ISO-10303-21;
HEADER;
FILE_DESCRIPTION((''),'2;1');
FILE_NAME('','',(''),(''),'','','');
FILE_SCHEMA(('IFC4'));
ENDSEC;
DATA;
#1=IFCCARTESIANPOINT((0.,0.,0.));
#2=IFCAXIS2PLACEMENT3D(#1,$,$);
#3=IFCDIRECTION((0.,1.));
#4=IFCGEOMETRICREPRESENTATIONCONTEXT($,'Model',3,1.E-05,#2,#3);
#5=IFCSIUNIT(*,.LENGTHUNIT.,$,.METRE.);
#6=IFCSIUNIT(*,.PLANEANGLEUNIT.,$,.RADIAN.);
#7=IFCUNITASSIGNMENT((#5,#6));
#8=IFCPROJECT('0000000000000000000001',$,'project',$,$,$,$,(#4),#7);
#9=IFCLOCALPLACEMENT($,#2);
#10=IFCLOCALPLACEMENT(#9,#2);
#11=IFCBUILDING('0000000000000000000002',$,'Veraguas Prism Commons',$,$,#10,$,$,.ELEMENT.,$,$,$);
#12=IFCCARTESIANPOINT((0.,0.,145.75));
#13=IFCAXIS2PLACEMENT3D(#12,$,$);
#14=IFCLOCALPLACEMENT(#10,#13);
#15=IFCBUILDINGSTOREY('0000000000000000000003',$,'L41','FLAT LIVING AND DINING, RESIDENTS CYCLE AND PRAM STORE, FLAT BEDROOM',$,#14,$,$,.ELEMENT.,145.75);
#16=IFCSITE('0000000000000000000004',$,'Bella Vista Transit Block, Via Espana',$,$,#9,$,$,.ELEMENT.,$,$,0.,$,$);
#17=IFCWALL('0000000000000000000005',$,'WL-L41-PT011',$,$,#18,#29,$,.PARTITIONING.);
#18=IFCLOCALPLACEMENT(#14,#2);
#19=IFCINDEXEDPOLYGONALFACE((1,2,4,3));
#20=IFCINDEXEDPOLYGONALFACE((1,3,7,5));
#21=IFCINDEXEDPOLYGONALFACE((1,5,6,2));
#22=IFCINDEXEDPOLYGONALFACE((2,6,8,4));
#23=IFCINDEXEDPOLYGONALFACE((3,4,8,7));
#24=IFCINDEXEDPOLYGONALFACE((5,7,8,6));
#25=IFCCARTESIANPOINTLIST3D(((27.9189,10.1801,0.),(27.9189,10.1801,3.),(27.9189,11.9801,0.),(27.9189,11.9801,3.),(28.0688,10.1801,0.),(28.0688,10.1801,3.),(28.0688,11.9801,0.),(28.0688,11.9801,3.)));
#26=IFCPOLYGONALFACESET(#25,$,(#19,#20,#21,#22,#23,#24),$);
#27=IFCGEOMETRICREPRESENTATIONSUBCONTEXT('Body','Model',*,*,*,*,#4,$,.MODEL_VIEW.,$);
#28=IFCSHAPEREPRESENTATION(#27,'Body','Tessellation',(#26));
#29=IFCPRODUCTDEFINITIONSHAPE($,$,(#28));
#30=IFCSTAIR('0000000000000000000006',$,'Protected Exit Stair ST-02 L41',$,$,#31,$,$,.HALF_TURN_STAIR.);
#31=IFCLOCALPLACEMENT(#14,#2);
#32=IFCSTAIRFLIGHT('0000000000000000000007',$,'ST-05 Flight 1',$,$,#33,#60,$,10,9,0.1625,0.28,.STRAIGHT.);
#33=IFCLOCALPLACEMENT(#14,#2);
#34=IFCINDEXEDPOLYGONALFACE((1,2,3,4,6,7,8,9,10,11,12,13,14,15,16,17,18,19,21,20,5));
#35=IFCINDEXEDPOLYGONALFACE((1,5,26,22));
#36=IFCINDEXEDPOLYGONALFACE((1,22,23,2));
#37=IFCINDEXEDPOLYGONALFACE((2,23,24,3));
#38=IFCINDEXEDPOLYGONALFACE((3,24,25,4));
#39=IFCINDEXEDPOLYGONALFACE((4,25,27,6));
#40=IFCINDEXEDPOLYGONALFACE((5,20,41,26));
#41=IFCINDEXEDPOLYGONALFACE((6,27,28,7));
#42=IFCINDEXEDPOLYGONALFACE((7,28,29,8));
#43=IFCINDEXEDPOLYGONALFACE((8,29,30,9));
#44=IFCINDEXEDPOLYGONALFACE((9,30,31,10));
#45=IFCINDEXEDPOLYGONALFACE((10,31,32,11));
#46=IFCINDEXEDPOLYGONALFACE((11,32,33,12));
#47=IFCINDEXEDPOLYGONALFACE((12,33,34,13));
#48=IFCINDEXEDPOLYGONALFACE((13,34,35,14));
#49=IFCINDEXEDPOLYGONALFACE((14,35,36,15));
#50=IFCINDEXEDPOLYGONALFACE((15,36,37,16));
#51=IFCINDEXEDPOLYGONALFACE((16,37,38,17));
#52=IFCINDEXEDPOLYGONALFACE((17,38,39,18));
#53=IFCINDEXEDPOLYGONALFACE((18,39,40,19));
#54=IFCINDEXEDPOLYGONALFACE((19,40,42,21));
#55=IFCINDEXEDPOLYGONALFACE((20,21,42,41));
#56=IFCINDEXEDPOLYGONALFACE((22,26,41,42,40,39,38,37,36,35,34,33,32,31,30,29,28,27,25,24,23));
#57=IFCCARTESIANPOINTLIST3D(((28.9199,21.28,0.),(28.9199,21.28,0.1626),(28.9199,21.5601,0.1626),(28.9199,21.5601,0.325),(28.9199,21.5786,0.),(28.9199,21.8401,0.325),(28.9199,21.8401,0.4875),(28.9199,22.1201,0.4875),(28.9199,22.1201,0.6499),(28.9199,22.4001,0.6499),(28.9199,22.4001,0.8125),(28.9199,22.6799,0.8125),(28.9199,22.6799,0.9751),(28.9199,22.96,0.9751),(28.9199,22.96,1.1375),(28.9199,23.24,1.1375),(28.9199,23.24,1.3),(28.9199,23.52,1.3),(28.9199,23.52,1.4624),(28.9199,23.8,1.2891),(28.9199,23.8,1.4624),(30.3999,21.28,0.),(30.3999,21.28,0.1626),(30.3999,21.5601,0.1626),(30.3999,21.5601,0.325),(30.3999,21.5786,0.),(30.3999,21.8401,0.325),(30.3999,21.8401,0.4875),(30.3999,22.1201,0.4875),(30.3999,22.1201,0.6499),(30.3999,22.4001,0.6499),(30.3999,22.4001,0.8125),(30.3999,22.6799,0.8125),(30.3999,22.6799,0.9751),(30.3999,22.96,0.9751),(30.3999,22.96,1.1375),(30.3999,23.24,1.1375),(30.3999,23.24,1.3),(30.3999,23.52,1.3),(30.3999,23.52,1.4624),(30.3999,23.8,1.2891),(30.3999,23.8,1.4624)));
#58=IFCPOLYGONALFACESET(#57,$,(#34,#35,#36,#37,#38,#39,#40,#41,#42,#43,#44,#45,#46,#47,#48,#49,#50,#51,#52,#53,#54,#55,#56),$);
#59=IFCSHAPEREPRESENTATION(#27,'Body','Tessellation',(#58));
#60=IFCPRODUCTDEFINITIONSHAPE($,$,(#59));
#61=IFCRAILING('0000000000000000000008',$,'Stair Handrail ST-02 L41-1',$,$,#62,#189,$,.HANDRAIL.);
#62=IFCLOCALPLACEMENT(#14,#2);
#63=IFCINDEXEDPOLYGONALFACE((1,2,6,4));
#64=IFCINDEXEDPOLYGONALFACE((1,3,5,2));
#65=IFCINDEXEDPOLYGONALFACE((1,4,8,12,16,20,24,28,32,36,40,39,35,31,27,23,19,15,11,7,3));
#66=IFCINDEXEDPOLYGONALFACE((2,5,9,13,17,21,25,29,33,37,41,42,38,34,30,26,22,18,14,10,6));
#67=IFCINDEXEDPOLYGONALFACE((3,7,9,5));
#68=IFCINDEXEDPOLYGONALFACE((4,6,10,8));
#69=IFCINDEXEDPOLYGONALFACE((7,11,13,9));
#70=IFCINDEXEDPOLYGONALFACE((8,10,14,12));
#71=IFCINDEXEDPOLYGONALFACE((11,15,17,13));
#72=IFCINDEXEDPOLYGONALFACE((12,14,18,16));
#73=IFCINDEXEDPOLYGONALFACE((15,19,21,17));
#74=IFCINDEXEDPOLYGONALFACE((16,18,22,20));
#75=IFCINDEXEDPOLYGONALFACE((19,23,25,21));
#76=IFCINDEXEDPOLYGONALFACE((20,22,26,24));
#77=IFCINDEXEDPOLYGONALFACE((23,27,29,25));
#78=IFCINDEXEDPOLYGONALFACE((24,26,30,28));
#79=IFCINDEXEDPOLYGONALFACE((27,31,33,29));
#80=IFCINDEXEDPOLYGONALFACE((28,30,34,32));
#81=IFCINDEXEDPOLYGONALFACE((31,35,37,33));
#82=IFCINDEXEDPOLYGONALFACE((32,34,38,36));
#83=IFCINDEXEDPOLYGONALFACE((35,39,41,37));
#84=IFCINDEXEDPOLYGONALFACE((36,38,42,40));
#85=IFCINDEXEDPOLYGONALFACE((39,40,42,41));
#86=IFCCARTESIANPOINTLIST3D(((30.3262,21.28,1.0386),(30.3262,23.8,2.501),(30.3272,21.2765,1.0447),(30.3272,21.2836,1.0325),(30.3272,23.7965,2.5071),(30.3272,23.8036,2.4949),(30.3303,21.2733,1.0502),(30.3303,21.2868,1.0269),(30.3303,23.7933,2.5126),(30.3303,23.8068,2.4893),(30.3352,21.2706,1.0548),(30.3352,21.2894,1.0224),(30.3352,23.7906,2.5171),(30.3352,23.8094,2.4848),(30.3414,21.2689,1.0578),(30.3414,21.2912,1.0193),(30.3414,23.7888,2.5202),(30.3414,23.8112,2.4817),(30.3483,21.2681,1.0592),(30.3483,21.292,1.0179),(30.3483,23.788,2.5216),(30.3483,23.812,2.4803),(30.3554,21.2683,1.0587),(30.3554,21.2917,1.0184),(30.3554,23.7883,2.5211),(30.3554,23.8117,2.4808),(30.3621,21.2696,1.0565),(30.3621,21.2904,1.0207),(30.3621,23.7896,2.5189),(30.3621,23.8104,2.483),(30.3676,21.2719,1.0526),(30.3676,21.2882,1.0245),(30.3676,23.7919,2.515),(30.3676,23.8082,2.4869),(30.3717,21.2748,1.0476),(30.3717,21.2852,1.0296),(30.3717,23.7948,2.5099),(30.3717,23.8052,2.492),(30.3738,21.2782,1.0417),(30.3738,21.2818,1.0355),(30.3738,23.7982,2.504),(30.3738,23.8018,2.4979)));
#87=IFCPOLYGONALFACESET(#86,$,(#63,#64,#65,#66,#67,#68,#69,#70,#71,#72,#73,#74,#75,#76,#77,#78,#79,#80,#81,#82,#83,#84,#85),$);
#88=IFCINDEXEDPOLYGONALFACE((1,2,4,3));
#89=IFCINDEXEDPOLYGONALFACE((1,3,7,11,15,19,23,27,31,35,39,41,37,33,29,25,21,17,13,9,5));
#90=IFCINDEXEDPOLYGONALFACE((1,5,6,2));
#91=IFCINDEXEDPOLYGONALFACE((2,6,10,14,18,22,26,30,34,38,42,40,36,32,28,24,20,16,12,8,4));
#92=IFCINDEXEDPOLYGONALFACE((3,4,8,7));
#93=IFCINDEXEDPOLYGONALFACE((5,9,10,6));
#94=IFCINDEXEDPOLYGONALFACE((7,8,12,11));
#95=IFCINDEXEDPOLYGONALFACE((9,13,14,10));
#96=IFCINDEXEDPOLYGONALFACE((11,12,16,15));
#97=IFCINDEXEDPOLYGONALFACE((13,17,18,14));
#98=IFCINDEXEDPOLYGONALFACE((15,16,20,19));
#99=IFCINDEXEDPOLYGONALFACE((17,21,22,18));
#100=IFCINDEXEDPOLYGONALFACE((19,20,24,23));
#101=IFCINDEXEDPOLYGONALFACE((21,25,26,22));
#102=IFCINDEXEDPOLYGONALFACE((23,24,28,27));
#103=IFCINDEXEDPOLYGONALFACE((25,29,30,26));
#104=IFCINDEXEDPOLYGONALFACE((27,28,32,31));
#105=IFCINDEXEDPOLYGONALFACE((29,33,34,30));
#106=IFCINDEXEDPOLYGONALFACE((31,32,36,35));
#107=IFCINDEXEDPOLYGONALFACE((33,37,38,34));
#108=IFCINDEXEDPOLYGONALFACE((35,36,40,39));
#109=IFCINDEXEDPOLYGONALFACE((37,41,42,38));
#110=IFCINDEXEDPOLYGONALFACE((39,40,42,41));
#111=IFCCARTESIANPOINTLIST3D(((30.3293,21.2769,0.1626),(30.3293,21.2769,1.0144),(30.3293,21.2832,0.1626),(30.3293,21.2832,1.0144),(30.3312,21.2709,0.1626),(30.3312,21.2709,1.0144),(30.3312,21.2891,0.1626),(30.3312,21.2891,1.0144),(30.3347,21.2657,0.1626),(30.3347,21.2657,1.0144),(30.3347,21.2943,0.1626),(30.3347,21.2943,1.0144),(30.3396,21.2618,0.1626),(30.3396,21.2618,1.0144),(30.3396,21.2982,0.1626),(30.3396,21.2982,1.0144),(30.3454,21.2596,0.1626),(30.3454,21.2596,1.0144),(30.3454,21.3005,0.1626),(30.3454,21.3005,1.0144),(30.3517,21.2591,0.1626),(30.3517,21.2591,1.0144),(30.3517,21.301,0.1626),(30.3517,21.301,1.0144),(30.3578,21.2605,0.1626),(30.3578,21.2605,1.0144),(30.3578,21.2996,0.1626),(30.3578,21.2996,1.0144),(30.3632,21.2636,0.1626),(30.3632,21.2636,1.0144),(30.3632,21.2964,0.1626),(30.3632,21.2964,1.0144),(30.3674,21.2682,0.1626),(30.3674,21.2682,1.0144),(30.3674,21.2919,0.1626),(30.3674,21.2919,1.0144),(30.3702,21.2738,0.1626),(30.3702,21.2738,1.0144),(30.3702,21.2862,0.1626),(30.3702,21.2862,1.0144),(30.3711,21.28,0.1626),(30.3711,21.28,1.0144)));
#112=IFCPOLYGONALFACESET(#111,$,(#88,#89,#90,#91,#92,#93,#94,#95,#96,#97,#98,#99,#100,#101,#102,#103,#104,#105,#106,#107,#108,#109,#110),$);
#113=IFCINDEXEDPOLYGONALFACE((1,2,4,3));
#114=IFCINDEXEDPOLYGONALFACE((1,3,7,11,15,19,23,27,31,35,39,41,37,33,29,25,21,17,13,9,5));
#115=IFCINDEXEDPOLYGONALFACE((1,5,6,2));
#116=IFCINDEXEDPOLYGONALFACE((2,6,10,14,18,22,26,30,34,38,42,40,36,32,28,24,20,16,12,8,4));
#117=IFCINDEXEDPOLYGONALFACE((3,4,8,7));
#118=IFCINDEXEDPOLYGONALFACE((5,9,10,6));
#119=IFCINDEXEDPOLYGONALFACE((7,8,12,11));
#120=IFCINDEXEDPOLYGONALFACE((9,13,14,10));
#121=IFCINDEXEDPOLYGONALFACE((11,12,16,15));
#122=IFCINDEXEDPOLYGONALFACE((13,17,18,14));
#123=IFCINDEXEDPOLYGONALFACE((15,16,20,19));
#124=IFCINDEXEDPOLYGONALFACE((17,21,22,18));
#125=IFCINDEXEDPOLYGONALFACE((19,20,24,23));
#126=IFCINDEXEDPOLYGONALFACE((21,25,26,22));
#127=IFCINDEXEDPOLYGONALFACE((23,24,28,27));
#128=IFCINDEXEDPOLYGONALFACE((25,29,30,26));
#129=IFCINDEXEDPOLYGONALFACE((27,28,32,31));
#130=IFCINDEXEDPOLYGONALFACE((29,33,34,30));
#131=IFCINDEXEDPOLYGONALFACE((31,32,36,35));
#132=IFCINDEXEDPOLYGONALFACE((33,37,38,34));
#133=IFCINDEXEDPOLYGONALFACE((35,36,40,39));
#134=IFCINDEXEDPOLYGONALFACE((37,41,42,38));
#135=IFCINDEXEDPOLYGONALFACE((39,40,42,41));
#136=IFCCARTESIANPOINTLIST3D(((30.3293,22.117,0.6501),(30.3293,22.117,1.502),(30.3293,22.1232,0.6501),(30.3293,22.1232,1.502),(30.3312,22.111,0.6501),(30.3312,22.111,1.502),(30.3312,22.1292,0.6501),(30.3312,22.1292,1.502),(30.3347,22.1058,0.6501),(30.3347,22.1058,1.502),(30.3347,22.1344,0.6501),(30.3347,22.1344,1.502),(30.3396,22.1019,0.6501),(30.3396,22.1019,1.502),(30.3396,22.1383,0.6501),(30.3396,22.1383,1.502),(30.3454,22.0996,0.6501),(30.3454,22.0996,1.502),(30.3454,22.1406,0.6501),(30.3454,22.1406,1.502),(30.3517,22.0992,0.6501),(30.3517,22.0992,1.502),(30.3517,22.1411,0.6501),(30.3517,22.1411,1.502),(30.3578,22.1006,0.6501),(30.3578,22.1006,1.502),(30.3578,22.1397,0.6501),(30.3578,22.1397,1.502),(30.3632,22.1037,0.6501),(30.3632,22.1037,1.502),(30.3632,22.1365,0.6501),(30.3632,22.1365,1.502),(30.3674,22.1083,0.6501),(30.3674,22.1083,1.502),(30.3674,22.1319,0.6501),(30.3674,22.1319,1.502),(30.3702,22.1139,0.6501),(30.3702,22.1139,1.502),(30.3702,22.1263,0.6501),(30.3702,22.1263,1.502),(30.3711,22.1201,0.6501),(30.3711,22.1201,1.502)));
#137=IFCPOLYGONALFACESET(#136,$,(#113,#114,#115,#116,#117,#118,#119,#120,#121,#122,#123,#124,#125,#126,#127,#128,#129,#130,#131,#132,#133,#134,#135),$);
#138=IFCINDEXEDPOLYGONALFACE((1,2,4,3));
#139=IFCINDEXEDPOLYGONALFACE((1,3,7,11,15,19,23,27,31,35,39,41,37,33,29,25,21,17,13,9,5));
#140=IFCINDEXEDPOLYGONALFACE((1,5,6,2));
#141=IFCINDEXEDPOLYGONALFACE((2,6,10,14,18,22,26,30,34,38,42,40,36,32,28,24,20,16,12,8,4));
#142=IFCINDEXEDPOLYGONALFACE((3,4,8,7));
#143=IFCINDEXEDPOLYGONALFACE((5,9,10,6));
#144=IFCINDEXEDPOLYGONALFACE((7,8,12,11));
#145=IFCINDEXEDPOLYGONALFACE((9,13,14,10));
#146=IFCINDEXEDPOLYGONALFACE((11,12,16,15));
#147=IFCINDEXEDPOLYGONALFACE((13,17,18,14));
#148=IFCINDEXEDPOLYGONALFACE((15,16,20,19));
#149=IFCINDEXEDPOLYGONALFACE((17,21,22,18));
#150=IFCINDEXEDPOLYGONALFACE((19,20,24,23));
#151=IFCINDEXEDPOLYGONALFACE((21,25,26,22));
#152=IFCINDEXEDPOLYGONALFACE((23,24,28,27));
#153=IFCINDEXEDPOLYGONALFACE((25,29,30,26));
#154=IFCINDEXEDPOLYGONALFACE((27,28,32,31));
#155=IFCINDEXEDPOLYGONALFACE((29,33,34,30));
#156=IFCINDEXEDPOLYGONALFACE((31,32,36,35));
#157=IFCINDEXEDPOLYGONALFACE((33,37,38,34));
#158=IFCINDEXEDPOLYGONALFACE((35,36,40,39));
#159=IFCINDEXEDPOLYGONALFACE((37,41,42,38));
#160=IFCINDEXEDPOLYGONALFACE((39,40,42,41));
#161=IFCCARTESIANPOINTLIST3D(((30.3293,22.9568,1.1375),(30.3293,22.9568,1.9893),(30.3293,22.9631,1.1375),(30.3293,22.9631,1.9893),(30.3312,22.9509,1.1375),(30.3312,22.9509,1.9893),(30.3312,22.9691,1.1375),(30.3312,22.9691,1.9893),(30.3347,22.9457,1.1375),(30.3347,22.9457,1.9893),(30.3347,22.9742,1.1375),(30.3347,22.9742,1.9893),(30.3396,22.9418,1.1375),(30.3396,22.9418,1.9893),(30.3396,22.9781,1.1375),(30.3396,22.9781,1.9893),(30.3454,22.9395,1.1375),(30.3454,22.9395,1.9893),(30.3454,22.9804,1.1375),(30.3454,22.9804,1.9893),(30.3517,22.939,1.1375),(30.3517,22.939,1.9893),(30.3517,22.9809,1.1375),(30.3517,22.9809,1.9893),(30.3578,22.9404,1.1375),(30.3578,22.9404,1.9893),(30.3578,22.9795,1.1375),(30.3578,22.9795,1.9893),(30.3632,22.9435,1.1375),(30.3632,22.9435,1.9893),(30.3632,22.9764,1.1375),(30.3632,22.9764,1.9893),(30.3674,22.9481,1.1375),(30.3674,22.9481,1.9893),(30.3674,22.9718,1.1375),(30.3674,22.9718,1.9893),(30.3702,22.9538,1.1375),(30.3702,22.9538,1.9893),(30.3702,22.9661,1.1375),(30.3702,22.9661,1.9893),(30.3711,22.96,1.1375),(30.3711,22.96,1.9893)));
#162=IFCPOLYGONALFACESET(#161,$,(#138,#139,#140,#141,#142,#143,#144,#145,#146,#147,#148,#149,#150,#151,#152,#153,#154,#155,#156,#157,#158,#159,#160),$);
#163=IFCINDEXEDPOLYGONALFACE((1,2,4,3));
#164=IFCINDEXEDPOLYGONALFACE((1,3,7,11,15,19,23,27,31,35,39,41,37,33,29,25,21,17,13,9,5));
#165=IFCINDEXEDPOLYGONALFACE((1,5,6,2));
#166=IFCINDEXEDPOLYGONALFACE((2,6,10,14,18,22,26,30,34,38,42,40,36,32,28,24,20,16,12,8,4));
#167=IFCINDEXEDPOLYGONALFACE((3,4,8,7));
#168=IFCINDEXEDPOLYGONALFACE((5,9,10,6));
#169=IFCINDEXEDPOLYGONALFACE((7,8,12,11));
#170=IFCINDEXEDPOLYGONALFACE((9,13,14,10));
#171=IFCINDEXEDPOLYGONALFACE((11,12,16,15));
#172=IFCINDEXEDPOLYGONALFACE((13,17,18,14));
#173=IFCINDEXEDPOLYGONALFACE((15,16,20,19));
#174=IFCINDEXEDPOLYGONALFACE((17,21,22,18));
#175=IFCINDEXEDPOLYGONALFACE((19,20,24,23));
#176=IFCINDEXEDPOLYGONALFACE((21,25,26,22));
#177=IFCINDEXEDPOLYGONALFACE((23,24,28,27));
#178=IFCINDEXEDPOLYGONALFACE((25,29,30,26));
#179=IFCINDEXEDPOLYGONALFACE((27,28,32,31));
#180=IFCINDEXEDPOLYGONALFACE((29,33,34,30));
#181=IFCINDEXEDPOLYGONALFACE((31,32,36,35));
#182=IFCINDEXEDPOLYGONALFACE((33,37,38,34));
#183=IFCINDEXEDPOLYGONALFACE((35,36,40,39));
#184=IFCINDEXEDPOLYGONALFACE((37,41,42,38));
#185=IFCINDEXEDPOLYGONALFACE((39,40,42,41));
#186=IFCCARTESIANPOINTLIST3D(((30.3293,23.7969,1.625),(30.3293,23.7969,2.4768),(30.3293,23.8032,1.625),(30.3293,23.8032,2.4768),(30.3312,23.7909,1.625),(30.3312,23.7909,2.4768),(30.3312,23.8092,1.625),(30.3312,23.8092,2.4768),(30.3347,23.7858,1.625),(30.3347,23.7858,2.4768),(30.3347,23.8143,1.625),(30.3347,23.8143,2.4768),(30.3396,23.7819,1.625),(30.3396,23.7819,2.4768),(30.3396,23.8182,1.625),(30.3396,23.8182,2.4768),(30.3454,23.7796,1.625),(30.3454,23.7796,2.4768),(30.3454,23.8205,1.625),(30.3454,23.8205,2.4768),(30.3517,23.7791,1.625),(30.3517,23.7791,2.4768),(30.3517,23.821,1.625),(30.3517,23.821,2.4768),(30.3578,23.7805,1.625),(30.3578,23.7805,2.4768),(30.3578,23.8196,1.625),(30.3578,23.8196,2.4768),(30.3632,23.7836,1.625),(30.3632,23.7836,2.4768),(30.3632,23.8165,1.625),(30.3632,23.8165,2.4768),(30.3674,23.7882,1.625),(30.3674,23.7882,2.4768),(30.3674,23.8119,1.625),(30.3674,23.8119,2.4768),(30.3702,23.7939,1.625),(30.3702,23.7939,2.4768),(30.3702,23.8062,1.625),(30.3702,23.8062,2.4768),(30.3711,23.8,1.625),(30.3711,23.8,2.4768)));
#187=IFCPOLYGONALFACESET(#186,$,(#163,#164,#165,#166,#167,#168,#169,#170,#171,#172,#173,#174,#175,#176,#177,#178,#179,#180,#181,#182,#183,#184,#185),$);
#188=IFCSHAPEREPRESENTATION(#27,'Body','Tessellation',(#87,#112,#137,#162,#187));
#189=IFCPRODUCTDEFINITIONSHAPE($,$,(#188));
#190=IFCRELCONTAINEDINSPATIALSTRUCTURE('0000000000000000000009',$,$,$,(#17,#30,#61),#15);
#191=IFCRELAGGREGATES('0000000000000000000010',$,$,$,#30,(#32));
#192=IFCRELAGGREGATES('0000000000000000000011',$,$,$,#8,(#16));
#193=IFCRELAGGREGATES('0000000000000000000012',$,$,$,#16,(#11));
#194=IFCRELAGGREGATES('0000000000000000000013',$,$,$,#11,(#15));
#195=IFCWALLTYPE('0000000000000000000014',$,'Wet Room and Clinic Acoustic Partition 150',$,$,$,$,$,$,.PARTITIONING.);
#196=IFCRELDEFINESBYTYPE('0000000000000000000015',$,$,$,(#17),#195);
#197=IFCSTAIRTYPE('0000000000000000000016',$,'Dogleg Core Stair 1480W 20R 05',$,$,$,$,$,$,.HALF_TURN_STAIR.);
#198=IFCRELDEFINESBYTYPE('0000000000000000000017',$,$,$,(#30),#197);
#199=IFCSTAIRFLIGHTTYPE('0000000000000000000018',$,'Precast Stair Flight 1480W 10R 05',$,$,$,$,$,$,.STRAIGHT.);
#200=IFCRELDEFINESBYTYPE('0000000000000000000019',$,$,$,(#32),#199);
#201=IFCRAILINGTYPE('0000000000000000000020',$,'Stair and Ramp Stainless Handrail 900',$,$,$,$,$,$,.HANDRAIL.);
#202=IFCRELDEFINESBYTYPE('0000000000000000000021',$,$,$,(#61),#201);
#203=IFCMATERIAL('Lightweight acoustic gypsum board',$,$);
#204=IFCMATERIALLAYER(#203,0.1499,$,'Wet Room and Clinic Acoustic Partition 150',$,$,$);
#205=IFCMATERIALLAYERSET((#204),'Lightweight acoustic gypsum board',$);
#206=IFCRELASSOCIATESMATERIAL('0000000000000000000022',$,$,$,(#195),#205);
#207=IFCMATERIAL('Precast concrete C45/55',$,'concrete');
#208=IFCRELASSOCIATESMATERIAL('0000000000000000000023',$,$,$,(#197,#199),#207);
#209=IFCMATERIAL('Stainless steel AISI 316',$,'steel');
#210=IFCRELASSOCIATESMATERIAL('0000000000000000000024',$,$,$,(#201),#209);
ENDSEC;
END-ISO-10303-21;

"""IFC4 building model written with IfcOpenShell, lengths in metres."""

from ifc_helpers import new_model, si_unit, direction, frame, frame_2d, origin, origin_2d, place, context, subcontext, project, spatial, polyline, rectangle, circle, outline, extrude, material, layer, layer_set, type_object, element, aggregate, save


model = new_model("IFC4")

# Units and contexts
model_context = context("Model", 3, precision=1e-05, world=origin(), true_north=direction((0.0, 1.0)))
body_context = subcontext(model_context, "Body", "Model", "MODEL_VIEW")
ifc_project = project(units=[si_unit("LENGTHUNIT", "METRE"), si_unit("PLANEANGLEUNIT", "RADIAN")], contexts=[model_context])

# Site, building, storey
site_placement = place(None, origin())
site = spatial("IfcSite", under=ifc_project, at=site_placement, Name="Bella Vista Transit Block, Via Espana", CompositionType="ELEMENT", RefElevation=0.0)
building_placement = place(site_placement, origin())
building = spatial("IfcBuilding", under=site, at=building_placement, Name="Veraguas Prism Commons", CompositionType="ELEMENT")
storey_placement = place(building_placement, frame((0.0, 0.0, 145.75)))
storey = spatial("IfcBuildingStorey", under=building, at=storey_placement, Name="L41", Description="FLAT LIVING AND DINING, RESIDENTS CYCLE AND PRAM STORE, FLAT BEDROOM", CompositionType="ELEMENT", Elevation=145.75)

# Shared definitions
ifc_material_1 = material(Name="Lightweight acoustic gypsum board")

# Shared definitions
ifc_material_2 = material(Name="Stainless steel AISI 316", Category="steel")

# Wall
ifc_layer_1 = layer(ifc_material_1, 0.1499, Name="Wet Room and Clinic Acoustic Partition 150")
ifc_layer_set_1 = layer_set([ifc_layer_1], Name="Lightweight acoustic gypsum board")
wall_type_1 = type_object("IfcWallType", Name="Wet Room and Clinic Acoustic Partition 150", PredefinedType="PARTITIONING", material=ifc_layer_set_1)
wall_1_placement = place(storey_placement, frame((27.9939, 11.98, 0.0), z_axis=(0.0, 0.0, 1.0), x_axis=(0.0, -1.0, 0.0)))
element("IfcWall", 1, at=wall_1_placement, inside=storey, type_object=wall_type_1, Name="WL-L41-PT011", PredefinedType="PARTITIONING", context=body_context, shape_type="SweptSolid", body=[
    extrude(rectangle(XDim=1.8, YDim=0.1499, at=frame_2d((0.8999, 0.0))), origin(), (0.0, 0.0, 1.0), 3.0),
])

# Stair, stair flight
ifc_material_3 = material(Name="Precast concrete C45/55", Category="concrete")
stair_type = type_object("IfcStairType", Name="Dogleg Core Stair 1480W 20R 05", PredefinedType="HALF_TURN_STAIR", material=ifc_material_3)
stair_placement = place(storey_placement, origin())
stair = element("IfcStair", 2, at=stair_placement, inside=storey, type_object=stair_type, Name="Protected Exit Stair ST-02 L41", PredefinedType="HALF_TURN_STAIR")
stair_flight_type = type_object("IfcStairFlightType", Name="Precast Stair Flight 1480W 10R 05", PredefinedType="STRAIGHT", material=ifc_material_3)
stair_flight_placement = place(storey_placement, frame((29.6599, 21.28, 0.0), z_axis=(0.0, 0.0, 1.0), x_axis=(0.0, 1.0, 0.0)))
stair_flight = element("IfcStairFlight", 3, at=stair_flight_placement, type_object=stair_flight_type, Name="ST-05 Flight 1", NumberOfRisers=10, NumberOfTreads=9, PredefinedType="STRAIGHT", RiserHeight=0.1625, TreadLength=0.28, context=body_context, shape_type="SweptSolid", body=[
    extrude(outline(polyline([(0.0, 0.0), (0.0, 0.1626), (0.28, 0.1626), (0.28, 0.325), (0.5601, 0.325), (0.5601, 0.4875), (0.8401, 0.4875), (0.8401, 0.6499), (1.1201, 0.6499), (1.1201, 0.8125), (1.3999, 0.8125), (1.3999, 0.9751), (1.6799, 0.9751), (1.6799, 1.1375), (1.96, 1.1375), (1.96, 1.3), (2.24, 1.3), (2.24, 1.4624), (2.52, 1.4624), (2.52, 1.625), (2.52, 1.2891), (0.2986, 0.0), (0.0, 0.0)])), frame((0.0, 0.74, 0.0), z_axis=(0.0, -1.0, 0.0), x_axis=(1.0, 0.0, 0.0)), (0.0, 0.0, 1.0), 1.48),
])
aggregate(stair, [stair_flight])

# Railing
railing_type_1 = type_object("IfcRailingType", Name="Stair and Ramp Stainless Handrail 900", PredefinedType="HANDRAIL", material=ifc_material_2)
railing_1_placement = place(storey_placement, frame((30.3501, 21.28, 0.1626)))
element("IfcRailing", 4, at=railing_1_placement, inside=storey, type_object=railing_type_1, Name="Stair Handrail ST-02 L41-1", PredefinedType="HANDRAIL", context=body_context, shape_type="SweptSolid", body=[
    extrude(circle(Radius=0.0239, at=origin_2d()), frame((0.0, 0.0, 0.876), z_axis=(0.0, 0.864913, 0.501921), x_axis=(-1.0, 0.0, 0.0)), (0.0, 0.0, 1.0), 2.9136),
    extrude(circle(Radius=0.021, at=origin_2d()), origin(), (0.0, 0.0, 1.0), 0.8518),
    extrude(circle(Radius=0.021, at=origin_2d()), frame((0.0, 0.8401, 0.4875)), (0.0, 0.0, 1.0), 0.8518),
    extrude(circle(Radius=0.021, at=origin_2d()), frame((0.0, 1.6799, 0.9749)), (0.0, 0.0, 1.0), 0.8518),
    extrude(circle(Radius=0.021, at=origin_2d()), frame((0.0, 2.52, 1.4624)), (0.0, 0.0, 1.0), 0.8518),
])

save(model, "model.ifc")
